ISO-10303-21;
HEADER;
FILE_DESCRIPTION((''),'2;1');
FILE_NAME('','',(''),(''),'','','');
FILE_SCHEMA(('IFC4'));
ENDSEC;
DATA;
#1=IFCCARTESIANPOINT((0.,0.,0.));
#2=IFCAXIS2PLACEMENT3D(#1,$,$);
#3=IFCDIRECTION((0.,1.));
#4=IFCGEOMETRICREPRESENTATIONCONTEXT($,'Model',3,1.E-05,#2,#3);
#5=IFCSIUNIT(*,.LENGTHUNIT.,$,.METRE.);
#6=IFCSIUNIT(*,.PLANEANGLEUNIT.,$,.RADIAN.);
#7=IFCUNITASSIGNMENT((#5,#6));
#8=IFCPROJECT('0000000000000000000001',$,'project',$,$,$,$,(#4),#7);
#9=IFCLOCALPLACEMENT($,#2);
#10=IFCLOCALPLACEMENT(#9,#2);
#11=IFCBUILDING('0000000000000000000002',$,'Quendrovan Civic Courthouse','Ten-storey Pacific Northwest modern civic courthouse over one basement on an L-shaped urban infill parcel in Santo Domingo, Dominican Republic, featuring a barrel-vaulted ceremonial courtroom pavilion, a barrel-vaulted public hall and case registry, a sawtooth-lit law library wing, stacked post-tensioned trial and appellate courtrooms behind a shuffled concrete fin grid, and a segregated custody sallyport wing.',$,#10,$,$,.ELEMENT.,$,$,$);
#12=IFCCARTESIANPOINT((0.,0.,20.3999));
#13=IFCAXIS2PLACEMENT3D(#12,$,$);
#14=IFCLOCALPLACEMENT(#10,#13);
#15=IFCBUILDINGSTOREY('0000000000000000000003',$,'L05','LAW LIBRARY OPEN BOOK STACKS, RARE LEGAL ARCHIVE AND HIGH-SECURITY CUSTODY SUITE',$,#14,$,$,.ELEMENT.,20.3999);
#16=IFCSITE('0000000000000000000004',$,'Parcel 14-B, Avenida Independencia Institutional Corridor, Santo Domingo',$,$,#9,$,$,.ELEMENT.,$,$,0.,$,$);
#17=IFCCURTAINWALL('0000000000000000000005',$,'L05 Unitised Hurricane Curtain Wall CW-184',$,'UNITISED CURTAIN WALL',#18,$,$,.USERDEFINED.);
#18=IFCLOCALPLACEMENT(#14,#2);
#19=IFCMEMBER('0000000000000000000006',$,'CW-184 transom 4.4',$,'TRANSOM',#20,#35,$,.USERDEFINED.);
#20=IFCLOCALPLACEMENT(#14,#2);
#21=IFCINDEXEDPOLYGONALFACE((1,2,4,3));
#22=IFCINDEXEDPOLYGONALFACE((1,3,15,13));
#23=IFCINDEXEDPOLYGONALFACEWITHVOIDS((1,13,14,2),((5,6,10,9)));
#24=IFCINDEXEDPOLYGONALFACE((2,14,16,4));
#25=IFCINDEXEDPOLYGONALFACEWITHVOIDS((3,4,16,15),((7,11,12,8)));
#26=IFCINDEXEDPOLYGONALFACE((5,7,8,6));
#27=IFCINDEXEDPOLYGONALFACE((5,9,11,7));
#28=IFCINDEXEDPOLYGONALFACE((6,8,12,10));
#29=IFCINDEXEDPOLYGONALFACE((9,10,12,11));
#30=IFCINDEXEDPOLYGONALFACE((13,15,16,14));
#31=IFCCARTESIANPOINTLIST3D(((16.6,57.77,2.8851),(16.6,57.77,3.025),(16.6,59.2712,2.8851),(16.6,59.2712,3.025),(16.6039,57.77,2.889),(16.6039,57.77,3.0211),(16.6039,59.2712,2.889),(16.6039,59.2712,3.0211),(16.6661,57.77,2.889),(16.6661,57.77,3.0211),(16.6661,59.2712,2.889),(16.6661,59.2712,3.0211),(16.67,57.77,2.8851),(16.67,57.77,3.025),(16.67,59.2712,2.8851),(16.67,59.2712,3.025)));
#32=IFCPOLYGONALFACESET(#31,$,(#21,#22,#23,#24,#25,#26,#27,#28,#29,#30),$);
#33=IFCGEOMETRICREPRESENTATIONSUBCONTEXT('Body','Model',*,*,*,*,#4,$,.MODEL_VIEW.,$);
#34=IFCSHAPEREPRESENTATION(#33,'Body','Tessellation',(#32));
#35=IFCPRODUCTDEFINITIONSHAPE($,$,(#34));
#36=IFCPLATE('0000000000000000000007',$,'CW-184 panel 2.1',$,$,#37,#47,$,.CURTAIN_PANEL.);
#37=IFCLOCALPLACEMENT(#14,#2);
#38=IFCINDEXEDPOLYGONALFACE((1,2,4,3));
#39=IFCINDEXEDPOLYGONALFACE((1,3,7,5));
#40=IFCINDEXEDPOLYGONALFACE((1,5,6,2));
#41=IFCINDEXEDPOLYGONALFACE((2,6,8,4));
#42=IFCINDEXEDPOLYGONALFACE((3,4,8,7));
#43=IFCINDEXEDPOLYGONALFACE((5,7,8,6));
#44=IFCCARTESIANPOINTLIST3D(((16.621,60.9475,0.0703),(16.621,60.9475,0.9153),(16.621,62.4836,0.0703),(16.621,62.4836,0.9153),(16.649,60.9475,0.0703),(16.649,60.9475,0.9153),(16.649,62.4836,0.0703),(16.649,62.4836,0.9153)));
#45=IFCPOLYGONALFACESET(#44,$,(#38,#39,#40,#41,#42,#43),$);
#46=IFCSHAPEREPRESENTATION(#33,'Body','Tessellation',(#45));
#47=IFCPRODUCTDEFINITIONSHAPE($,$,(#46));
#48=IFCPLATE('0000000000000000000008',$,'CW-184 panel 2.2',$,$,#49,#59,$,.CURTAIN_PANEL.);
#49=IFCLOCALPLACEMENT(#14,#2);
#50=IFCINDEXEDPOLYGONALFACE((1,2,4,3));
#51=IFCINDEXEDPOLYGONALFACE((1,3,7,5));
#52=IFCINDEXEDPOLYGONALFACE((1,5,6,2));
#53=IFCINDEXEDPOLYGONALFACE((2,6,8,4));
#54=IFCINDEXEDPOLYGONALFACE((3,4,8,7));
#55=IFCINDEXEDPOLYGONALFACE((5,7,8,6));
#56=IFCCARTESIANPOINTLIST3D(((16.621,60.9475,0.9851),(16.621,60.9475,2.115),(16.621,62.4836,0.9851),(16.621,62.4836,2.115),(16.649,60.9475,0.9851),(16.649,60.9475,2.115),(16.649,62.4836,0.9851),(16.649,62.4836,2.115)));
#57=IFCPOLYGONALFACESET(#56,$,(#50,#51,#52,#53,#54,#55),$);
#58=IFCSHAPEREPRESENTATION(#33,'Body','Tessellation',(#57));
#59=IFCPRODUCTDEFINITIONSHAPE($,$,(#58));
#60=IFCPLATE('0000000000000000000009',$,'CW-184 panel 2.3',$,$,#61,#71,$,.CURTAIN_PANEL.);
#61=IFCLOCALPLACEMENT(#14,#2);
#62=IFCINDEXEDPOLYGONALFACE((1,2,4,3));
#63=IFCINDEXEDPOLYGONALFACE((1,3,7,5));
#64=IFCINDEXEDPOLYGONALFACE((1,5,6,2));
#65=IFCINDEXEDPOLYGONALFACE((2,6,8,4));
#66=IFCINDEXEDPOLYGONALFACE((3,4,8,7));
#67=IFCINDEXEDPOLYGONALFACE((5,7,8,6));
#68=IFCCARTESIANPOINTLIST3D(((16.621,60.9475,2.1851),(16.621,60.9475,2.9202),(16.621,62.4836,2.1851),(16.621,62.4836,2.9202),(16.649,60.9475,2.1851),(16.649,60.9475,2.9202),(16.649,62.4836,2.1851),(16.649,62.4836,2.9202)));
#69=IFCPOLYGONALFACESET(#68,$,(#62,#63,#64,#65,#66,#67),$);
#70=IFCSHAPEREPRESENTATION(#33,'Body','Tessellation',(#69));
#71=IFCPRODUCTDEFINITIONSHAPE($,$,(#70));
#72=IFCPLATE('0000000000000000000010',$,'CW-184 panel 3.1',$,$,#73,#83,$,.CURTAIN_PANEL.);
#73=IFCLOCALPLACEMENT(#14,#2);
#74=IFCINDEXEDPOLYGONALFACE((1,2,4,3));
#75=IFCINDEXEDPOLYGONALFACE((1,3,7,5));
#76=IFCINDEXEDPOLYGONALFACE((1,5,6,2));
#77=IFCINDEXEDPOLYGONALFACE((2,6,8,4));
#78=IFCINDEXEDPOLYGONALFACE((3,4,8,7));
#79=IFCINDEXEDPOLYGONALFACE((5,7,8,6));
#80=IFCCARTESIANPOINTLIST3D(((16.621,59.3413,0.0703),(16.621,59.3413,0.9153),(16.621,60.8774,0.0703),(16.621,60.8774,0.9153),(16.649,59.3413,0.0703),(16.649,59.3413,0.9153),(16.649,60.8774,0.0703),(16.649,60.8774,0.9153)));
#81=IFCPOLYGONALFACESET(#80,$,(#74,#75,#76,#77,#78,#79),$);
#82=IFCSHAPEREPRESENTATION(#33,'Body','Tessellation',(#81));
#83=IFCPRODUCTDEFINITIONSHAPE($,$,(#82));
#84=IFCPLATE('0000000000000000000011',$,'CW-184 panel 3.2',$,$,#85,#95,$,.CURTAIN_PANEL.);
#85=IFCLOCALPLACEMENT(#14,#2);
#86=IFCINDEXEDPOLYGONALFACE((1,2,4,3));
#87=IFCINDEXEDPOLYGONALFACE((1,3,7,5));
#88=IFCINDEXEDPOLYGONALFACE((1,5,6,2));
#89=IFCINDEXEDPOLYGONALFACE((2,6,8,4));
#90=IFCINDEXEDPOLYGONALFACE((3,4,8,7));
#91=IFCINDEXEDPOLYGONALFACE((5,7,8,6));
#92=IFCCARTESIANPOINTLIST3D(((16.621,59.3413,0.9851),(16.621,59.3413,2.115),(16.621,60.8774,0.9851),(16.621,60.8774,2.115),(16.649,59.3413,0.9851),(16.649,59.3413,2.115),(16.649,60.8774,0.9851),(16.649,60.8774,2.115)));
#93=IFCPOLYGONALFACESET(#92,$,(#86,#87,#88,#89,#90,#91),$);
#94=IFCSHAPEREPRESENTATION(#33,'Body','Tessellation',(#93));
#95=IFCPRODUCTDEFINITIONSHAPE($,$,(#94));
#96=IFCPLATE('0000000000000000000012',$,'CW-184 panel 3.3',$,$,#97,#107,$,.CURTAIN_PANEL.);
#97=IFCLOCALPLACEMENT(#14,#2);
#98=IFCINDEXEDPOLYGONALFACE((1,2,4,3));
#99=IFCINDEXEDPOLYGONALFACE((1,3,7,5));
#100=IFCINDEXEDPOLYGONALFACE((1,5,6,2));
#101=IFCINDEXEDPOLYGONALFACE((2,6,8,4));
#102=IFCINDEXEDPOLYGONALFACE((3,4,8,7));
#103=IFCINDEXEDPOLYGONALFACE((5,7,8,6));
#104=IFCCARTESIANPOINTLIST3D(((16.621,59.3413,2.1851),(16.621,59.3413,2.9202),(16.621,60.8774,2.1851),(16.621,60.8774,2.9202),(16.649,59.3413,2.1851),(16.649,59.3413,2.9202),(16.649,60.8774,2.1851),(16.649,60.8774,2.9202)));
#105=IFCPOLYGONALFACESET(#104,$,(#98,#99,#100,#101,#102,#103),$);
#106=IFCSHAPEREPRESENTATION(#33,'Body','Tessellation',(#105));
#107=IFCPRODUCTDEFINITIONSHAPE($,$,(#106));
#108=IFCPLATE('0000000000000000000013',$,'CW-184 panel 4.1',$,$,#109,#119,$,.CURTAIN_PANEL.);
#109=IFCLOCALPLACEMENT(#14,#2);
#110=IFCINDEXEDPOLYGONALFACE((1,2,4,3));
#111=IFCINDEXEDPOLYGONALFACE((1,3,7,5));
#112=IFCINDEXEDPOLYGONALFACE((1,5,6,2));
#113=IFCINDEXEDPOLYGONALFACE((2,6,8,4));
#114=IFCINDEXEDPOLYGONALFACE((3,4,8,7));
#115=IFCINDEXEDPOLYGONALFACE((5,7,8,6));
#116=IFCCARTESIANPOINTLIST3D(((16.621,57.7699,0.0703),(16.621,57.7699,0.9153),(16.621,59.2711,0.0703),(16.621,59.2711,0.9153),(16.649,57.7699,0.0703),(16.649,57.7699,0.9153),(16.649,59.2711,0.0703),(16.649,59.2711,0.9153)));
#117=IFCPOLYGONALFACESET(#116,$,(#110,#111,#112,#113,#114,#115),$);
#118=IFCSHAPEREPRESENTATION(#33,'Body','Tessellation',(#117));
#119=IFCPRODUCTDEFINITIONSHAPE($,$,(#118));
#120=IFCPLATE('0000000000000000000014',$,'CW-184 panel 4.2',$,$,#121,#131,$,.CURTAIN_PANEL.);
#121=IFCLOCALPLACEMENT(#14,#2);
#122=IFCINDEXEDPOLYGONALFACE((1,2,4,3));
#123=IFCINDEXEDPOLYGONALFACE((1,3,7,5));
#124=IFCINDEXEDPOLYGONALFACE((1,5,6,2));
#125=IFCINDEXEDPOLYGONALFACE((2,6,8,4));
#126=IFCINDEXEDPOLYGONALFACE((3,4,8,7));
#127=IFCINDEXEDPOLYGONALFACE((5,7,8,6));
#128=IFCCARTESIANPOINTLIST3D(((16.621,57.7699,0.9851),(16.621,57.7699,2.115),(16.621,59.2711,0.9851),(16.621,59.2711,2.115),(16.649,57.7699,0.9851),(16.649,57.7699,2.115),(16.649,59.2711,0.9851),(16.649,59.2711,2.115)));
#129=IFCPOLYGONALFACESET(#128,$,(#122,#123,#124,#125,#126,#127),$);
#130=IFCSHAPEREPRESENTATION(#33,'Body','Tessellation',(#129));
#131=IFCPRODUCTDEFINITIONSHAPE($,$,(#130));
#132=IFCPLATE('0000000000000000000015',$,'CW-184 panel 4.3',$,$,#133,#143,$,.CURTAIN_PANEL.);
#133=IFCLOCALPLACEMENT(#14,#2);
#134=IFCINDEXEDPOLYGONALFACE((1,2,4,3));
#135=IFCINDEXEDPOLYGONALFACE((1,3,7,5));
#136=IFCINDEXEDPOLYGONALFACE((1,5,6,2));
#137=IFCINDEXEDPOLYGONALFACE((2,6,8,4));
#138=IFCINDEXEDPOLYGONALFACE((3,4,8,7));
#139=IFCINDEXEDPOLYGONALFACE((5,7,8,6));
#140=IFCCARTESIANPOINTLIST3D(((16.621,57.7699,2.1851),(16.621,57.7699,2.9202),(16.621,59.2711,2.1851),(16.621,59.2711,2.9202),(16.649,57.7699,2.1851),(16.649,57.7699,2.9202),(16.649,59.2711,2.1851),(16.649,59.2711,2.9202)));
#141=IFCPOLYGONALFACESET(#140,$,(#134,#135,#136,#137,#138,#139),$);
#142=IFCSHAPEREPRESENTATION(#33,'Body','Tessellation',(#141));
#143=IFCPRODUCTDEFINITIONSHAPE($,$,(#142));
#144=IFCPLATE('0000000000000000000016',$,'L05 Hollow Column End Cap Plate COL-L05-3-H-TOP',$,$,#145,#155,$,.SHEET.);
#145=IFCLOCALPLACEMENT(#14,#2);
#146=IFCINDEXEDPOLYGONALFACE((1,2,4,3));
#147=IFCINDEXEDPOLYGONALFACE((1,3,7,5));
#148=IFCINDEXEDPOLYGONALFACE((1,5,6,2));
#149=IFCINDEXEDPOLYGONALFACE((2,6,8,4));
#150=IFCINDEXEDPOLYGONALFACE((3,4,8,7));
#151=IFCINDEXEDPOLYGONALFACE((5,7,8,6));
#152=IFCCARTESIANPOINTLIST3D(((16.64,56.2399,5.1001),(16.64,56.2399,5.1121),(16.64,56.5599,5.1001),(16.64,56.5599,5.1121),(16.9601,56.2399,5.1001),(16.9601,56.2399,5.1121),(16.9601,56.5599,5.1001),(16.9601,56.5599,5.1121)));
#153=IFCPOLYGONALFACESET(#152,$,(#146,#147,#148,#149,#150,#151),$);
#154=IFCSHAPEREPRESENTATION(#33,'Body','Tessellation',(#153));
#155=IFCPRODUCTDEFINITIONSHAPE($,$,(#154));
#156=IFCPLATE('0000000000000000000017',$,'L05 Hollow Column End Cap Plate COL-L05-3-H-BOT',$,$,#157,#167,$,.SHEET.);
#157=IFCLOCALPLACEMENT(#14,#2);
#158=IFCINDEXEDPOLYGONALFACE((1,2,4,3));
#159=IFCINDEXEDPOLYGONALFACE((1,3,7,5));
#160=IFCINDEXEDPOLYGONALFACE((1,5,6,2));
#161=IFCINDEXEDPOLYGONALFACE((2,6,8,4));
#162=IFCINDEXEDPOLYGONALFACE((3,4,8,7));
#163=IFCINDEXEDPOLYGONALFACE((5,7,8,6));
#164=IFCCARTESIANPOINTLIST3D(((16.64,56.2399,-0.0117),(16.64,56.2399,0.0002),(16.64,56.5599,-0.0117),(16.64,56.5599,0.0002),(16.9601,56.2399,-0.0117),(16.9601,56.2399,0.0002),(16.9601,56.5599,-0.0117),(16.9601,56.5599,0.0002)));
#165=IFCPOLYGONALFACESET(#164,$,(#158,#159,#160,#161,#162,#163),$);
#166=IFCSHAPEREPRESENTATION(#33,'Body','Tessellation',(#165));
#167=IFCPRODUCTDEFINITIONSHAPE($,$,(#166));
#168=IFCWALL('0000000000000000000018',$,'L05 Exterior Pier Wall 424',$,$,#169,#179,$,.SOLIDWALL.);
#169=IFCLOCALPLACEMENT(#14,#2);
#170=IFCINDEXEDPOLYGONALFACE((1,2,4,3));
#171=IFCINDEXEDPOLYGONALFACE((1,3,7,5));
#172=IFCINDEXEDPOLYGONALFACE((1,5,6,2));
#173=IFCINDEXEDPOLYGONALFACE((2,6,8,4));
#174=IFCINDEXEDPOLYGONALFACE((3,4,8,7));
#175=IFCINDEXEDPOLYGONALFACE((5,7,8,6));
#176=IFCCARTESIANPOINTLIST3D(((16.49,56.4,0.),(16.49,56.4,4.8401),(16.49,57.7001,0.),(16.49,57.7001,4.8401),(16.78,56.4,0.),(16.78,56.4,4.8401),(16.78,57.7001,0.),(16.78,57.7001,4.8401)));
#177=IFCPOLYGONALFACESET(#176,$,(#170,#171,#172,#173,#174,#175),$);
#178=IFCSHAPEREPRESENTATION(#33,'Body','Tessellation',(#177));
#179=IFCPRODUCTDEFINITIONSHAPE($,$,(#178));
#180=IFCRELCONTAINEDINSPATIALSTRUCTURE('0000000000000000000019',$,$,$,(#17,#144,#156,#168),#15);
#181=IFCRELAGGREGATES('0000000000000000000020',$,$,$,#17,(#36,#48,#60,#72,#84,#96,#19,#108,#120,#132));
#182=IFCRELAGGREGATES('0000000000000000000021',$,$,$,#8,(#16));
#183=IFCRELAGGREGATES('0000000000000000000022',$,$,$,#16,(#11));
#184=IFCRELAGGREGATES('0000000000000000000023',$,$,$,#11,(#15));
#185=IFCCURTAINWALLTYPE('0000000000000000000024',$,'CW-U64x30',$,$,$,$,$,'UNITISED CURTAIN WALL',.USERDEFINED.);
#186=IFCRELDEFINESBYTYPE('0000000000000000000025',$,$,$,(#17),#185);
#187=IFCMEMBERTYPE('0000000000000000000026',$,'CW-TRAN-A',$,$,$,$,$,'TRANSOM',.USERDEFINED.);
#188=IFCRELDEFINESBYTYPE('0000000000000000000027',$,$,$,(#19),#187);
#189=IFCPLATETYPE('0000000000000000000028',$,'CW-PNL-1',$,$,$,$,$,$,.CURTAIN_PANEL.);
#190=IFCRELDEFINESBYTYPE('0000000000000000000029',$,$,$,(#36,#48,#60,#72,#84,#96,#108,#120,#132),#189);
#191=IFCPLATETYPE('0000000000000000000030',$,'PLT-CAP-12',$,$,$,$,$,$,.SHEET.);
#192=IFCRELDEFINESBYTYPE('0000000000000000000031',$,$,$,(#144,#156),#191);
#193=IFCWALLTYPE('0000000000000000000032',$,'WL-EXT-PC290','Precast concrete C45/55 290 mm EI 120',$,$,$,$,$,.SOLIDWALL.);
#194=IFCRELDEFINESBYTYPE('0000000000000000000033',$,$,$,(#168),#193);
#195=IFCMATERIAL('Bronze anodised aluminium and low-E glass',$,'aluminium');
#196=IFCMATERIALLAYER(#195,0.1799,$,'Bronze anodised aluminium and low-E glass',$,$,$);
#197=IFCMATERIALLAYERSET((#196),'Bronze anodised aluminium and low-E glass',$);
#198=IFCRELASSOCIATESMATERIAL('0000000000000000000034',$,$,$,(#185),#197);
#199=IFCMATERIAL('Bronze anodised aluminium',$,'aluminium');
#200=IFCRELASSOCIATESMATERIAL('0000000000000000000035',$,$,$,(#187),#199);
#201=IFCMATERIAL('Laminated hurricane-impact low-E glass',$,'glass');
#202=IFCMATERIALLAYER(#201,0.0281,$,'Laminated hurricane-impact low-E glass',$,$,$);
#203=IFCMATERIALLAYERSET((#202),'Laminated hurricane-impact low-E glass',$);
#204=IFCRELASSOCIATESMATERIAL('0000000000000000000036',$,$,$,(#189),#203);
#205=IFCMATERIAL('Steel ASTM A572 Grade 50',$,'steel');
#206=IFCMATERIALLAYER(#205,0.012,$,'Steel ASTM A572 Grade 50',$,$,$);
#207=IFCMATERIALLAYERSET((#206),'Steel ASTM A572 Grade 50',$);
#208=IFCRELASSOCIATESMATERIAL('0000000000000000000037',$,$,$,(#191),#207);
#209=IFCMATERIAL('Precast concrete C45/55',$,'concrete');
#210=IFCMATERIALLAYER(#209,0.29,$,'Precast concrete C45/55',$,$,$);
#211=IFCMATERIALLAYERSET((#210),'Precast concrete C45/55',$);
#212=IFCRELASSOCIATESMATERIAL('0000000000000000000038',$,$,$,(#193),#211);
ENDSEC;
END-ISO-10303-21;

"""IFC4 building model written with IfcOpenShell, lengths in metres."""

from ifc_helpers import new_model, si_unit, direction, frame, frame_2d, origin, origin_2d, place, context, subcontext, project, spatial, rectangle, hollow_rectangle, extrude, material, layer, layer_set, material_profile, profile_set, type_object, element, aggregate, save


model = new_model("IFC4")

# Units and contexts
model_context = context("Model", 3, precision=1e-05, world=origin(), true_north=direction((0.0, 1.0)))
body_context = subcontext(model_context, "Body", "Model", "MODEL_VIEW")
ifc_project = project(units=[si_unit("LENGTHUNIT", "METRE"), si_unit("PLANEANGLEUNIT", "RADIAN")], contexts=[model_context])

# Site, building, storey
site_placement = place(None, origin())
site = spatial("IfcSite", under=ifc_project, at=site_placement, Name="Parcel 14-B, Avenida Independencia Institutional Corridor, Santo Domingo", CompositionType="ELEMENT", RefElevation=0.0)
building_placement = place(site_placement, origin())
building = spatial("IfcBuilding", under=site, at=building_placement, Name="Quendrovan Civic Courthouse", Description="Ten-storey Pacific Northwest modern civic courthouse over one basement on an L-shaped urban infill parcel in Santo Domingo, Dominican Republic, featuring a barrel-vaulted ceremonial courtroom pavilion, a barrel-vaulted public hall and case registry, a sawtooth-lit law library wing, stacked post-tensioned trial and appellate courtrooms behind a shuffled concrete fin grid, and a segregated custody sallyport wing.", CompositionType="ELEMENT")
storey_placement = place(building_placement, frame((0.0, 0.0, 20.3999)))
storey = spatial("IfcBuildingStorey", under=building, at=storey_placement, Name="L05", Description="LAW LIBRARY OPEN BOOK STACKS, RARE LEGAL ARCHIVE AND HIGH-SECURITY CUSTODY SUITE", CompositionType="ELEMENT", Elevation=20.3999)

# Curtain wall, member, plates
ifc_material_1 = material(Name="Bronze anodised aluminium and low-E glass", Category="aluminium")
ifc_layer_1 = layer(ifc_material_1, 0.1799, Name="Bronze anodised aluminium and low-E glass")
ifc_layer_set_1 = layer_set([ifc_layer_1], Name="Bronze anodised aluminium and low-E glass")
curtain_wall_type = type_object("IfcCurtainWallType", Name="CW-U64x30", ElementType="UNITISED CURTAIN WALL", PredefinedType="USERDEFINED", material=ifc_layer_set_1)
curtain_wall_placement = place(storey_placement, origin())
curtain_wall = element("IfcCurtainWall", 1, at=curtain_wall_placement, inside=storey, type_object=curtain_wall_type, Name="L05 Unitised Hurricane Curtain Wall CW-184", ObjectType="UNITISED CURTAIN WALL", PredefinedType="USERDEFINED")
ifc_material_2 = material(Name="Bronze anodised aluminium", Category="aluminium")
ifc_material_profile_1 = material_profile(ifc_material_2, hollow_rectangle(XDim=0.0701, YDim=0.1399, WallThickness=0.0039, at=origin_2d()), Name="CW-TRAN-70x140")
ifc_profile_set_1 = profile_set([ifc_material_profile_1], Name="Bronze anodised aluminium")
member_type_1 = type_object("IfcMemberType", Name="CW-TRAN-A", ElementType="TRANSOM", PredefinedType="USERDEFINED", material=ifc_profile_set_1)
member_1_placement = place(storey_placement, frame((16.635, 59.2712, 2.9551), z_axis=(0.0, -1.0, 0.0), x_axis=(1.0, 0.0, 0.0)))
member_1 = element("IfcMember", 2, at=member_1_placement, type_object=member_type_1, Name="CW-184 transom 4.4", ObjectType="TRANSOM", PredefinedType="USERDEFINED", context=body_context, shape_type="SweptSolid", body=[
    extrude(hollow_rectangle(XDim=0.0701, YDim=0.1399, WallThickness=0.0039, at=origin_2d()), origin(), (0.0, 0.0, 1.0), 1.5012),
])
ifc_material_3 = material(Name="Laminated hurricane-impact low-E glass", Category="glass")
ifc_layer_2 = layer(ifc_material_3, 0.0281, Name="Laminated hurricane-impact low-E glass")
ifc_layer_set_2 = layer_set([ifc_layer_2], Name="Laminated hurricane-impact low-E glass")
plate_type_1 = type_object("IfcPlateType", Name="CW-PNL-1", PredefinedType="CURTAIN_PANEL", material=ifc_layer_set_2)
plate_1_placement = place(storey_placement, frame((16.635, 61.7156, 0.0703), z_axis=(0.0, 0.0, 1.0), x_axis=(0.0, -1.0, 0.0)))
plate_1 = element("IfcPlate", 3, at=plate_1_placement, type_object=plate_type_1, Name="CW-184 panel 2.1", PredefinedType="CURTAIN_PANEL", context=body_context, shape_type="SweptSolid", body=[
    extrude(rectangle(XDim=1.5361, YDim=0.0281, at=origin_2d()), origin(), (0.0, 0.0, 1.0), 0.845),
])
plate_2_placement = place(storey_placement, frame((16.635, 61.7156, 0.9851), z_axis=(0.0, 0.0, 1.0), x_axis=(0.0, -1.0, 0.0)))
plate_2 = element("IfcPlate", 4, at=plate_2_placement, type_object=plate_type_1, Name="CW-184 panel 2.2", PredefinedType="CURTAIN_PANEL", context=body_context, shape_type="SweptSolid", body=[
    extrude(rectangle(XDim=1.5361, YDim=0.0281, at=origin_2d()), origin(), (0.0, 0.0, 1.0), 1.1299),
])
plate_3_placement = place(storey_placement, frame((16.635, 61.7156, 2.1851), z_axis=(0.0, 0.0, 1.0), x_axis=(0.0, -1.0, 0.0)))
plate_3 = element("IfcPlate", 5, at=plate_3_placement, type_object=plate_type_1, Name="CW-184 panel 2.3", PredefinedType="CURTAIN_PANEL", context=body_context, shape_type="SweptSolid", body=[
    extrude(rectangle(XDim=1.5361, YDim=0.0281, at=origin_2d()), origin(), (0.0, 0.0, 1.0), 0.7351),
])
plate_4_placement = place(storey_placement, frame((16.635, 60.1094, 0.0703), z_axis=(0.0, 0.0, 1.0), x_axis=(0.0, -1.0, 0.0)))
plate_4 = element("IfcPlate", 6, at=plate_4_placement, type_object=plate_type_1, Name="CW-184 panel 3.1", PredefinedType="CURTAIN_PANEL", context=body_context, shape_type="SweptSolid", body=[
    extrude(rectangle(XDim=1.5361, YDim=0.0281, at=origin_2d()), origin(), (0.0, 0.0, 1.0), 0.845),
])
plate_5_placement = place(storey_placement, frame((16.635, 60.1094, 0.9851), z_axis=(0.0, 0.0, 1.0), x_axis=(0.0, -1.0, 0.0)))
plate_5 = element("IfcPlate", 7, at=plate_5_placement, type_object=plate_type_1, Name="CW-184 panel 3.2", PredefinedType="CURTAIN_PANEL", context=body_context, shape_type="SweptSolid", body=[
    extrude(rectangle(XDim=1.5361, YDim=0.0281, at=origin_2d()), origin(), (0.0, 0.0, 1.0), 1.1299),
])
plate_6_placement = place(storey_placement, frame((16.635, 60.1094, 2.1851), z_axis=(0.0, 0.0, 1.0), x_axis=(0.0, -1.0, 0.0)))
plate_6 = element("IfcPlate", 8, at=plate_6_placement, type_object=plate_type_1, Name="CW-184 panel 3.3", PredefinedType="CURTAIN_PANEL", context=body_context, shape_type="SweptSolid", body=[
    extrude(rectangle(XDim=1.5361, YDim=0.0281, at=origin_2d()), origin(), (0.0, 0.0, 1.0), 0.7351),
])
plate_7_placement = place(storey_placement, frame((16.635, 58.5205, 0.0703), z_axis=(0.0, 0.0, 1.0), x_axis=(0.0, -1.0, 0.0)))
plate_7 = element("IfcPlate", 9, at=plate_7_placement, type_object=plate_type_1, Name="CW-184 panel 4.1", PredefinedType="CURTAIN_PANEL", context=body_context, shape_type="SweptSolid", body=[
    extrude(rectangle(XDim=1.5012, YDim=0.0281, at=origin_2d()), origin(), (0.0, 0.0, 1.0), 0.845),
])
plate_8_placement = place(storey_placement, frame((16.635, 58.5205, 0.9851), z_axis=(0.0, 0.0, 1.0), x_axis=(0.0, -1.0, 0.0)))
plate_8 = element("IfcPlate", 10, at=plate_8_placement, type_object=plate_type_1, Name="CW-184 panel 4.2", PredefinedType="CURTAIN_PANEL", context=body_context, shape_type="SweptSolid", body=[
    extrude(rectangle(XDim=1.5012, YDim=0.0281, at=origin_2d()), origin(), (0.0, 0.0, 1.0), 1.1299),
])
plate_9_placement = place(storey_placement, frame((16.635, 58.5205, 2.1851), z_axis=(0.0, 0.0, 1.0), x_axis=(0.0, -1.0, 0.0)))
plate_9 = element("IfcPlate", 11, at=plate_9_placement, type_object=plate_type_1, Name="CW-184 panel 4.3", PredefinedType="CURTAIN_PANEL", context=body_context, shape_type="SweptSolid", body=[
    extrude(rectangle(XDim=1.5012, YDim=0.0281, at=origin_2d()), origin(), (0.0, 0.0, 1.0), 0.7351),
])
aggregate(curtain_wall, [plate_1, plate_2, plate_3, plate_4, plate_5, plate_6, member_1, plate_7, plate_8, plate_9])

# Plates
ifc_material_4 = material(Name="Steel ASTM A572 Grade 50", Category="steel")
ifc_layer_3 = layer(ifc_material_4, 0.012, Name="Steel ASTM A572 Grade 50")
ifc_layer_set_3 = layer_set([ifc_layer_3], Name="Steel ASTM A572 Grade 50")
plate_type_2 = type_object("IfcPlateType", Name="PLT-CAP-12", PredefinedType="SHEET", material=ifc_layer_set_3)
for number, where, z_axis, x_axis, name in (
    (12, (16.8, 56.3999, 5.1001), (0.0, 0.0, 1.0), (1.0, 0.0, 0.0), "L05 Hollow Column End Cap Plate COL-L05-3-H-TOP"),
    (13, (16.8, 56.3999, -0.0117), (0.0, 0.0, 1.0), (1.0, 0.0, 0.0), "L05 Hollow Column End Cap Plate COL-L05-3-H-BOT"),
):
    element("IfcPlate", number, at=place(storey_placement, frame(where, z_axis=z_axis, x_axis=x_axis)), inside=storey, type_object=plate_type_2, Name=name, PredefinedType="SHEET", context=body_context, shape_type="SweptSolid", body=[
        extrude(rectangle(XDim=0.3201, YDim=0.3201, at=origin_2d()), origin(), (0.0, 0.0, 1.0), 0.012),
    ])

# Wall
ifc_material_5 = material(Name="Precast concrete C45/55", Category="concrete")
ifc_layer_4 = layer(ifc_material_5, 0.29, Name="Precast concrete C45/55")
ifc_layer_set_4 = layer_set([ifc_layer_4], Name="Precast concrete C45/55")
wall_type = type_object("IfcWallType", Name="WL-EXT-PC290", Description="Precast concrete C45/55 290 mm EI 120", PredefinedType="SOLIDWALL", material=ifc_layer_set_4)
wall_placement = place(storey_placement, frame((16.635, 57.7, 0.0), z_axis=(0.0, 0.0, 1.0), x_axis=(0.0, -1.0, 0.0)))
element("IfcWall", 14, at=wall_placement, inside=storey, type_object=wall_type, Name="L05 Exterior Pier Wall 424", PredefinedType="SOLIDWALL", context=body_context, shape_type="SweptSolid", body=[
    extrude(rectangle(XDim=1.3, YDim=0.29, at=frame_2d((0.6499, 0.0))), origin(), (0.0, 0.0, 1.0), 4.8401),
])

save(model, "model.ifc")
